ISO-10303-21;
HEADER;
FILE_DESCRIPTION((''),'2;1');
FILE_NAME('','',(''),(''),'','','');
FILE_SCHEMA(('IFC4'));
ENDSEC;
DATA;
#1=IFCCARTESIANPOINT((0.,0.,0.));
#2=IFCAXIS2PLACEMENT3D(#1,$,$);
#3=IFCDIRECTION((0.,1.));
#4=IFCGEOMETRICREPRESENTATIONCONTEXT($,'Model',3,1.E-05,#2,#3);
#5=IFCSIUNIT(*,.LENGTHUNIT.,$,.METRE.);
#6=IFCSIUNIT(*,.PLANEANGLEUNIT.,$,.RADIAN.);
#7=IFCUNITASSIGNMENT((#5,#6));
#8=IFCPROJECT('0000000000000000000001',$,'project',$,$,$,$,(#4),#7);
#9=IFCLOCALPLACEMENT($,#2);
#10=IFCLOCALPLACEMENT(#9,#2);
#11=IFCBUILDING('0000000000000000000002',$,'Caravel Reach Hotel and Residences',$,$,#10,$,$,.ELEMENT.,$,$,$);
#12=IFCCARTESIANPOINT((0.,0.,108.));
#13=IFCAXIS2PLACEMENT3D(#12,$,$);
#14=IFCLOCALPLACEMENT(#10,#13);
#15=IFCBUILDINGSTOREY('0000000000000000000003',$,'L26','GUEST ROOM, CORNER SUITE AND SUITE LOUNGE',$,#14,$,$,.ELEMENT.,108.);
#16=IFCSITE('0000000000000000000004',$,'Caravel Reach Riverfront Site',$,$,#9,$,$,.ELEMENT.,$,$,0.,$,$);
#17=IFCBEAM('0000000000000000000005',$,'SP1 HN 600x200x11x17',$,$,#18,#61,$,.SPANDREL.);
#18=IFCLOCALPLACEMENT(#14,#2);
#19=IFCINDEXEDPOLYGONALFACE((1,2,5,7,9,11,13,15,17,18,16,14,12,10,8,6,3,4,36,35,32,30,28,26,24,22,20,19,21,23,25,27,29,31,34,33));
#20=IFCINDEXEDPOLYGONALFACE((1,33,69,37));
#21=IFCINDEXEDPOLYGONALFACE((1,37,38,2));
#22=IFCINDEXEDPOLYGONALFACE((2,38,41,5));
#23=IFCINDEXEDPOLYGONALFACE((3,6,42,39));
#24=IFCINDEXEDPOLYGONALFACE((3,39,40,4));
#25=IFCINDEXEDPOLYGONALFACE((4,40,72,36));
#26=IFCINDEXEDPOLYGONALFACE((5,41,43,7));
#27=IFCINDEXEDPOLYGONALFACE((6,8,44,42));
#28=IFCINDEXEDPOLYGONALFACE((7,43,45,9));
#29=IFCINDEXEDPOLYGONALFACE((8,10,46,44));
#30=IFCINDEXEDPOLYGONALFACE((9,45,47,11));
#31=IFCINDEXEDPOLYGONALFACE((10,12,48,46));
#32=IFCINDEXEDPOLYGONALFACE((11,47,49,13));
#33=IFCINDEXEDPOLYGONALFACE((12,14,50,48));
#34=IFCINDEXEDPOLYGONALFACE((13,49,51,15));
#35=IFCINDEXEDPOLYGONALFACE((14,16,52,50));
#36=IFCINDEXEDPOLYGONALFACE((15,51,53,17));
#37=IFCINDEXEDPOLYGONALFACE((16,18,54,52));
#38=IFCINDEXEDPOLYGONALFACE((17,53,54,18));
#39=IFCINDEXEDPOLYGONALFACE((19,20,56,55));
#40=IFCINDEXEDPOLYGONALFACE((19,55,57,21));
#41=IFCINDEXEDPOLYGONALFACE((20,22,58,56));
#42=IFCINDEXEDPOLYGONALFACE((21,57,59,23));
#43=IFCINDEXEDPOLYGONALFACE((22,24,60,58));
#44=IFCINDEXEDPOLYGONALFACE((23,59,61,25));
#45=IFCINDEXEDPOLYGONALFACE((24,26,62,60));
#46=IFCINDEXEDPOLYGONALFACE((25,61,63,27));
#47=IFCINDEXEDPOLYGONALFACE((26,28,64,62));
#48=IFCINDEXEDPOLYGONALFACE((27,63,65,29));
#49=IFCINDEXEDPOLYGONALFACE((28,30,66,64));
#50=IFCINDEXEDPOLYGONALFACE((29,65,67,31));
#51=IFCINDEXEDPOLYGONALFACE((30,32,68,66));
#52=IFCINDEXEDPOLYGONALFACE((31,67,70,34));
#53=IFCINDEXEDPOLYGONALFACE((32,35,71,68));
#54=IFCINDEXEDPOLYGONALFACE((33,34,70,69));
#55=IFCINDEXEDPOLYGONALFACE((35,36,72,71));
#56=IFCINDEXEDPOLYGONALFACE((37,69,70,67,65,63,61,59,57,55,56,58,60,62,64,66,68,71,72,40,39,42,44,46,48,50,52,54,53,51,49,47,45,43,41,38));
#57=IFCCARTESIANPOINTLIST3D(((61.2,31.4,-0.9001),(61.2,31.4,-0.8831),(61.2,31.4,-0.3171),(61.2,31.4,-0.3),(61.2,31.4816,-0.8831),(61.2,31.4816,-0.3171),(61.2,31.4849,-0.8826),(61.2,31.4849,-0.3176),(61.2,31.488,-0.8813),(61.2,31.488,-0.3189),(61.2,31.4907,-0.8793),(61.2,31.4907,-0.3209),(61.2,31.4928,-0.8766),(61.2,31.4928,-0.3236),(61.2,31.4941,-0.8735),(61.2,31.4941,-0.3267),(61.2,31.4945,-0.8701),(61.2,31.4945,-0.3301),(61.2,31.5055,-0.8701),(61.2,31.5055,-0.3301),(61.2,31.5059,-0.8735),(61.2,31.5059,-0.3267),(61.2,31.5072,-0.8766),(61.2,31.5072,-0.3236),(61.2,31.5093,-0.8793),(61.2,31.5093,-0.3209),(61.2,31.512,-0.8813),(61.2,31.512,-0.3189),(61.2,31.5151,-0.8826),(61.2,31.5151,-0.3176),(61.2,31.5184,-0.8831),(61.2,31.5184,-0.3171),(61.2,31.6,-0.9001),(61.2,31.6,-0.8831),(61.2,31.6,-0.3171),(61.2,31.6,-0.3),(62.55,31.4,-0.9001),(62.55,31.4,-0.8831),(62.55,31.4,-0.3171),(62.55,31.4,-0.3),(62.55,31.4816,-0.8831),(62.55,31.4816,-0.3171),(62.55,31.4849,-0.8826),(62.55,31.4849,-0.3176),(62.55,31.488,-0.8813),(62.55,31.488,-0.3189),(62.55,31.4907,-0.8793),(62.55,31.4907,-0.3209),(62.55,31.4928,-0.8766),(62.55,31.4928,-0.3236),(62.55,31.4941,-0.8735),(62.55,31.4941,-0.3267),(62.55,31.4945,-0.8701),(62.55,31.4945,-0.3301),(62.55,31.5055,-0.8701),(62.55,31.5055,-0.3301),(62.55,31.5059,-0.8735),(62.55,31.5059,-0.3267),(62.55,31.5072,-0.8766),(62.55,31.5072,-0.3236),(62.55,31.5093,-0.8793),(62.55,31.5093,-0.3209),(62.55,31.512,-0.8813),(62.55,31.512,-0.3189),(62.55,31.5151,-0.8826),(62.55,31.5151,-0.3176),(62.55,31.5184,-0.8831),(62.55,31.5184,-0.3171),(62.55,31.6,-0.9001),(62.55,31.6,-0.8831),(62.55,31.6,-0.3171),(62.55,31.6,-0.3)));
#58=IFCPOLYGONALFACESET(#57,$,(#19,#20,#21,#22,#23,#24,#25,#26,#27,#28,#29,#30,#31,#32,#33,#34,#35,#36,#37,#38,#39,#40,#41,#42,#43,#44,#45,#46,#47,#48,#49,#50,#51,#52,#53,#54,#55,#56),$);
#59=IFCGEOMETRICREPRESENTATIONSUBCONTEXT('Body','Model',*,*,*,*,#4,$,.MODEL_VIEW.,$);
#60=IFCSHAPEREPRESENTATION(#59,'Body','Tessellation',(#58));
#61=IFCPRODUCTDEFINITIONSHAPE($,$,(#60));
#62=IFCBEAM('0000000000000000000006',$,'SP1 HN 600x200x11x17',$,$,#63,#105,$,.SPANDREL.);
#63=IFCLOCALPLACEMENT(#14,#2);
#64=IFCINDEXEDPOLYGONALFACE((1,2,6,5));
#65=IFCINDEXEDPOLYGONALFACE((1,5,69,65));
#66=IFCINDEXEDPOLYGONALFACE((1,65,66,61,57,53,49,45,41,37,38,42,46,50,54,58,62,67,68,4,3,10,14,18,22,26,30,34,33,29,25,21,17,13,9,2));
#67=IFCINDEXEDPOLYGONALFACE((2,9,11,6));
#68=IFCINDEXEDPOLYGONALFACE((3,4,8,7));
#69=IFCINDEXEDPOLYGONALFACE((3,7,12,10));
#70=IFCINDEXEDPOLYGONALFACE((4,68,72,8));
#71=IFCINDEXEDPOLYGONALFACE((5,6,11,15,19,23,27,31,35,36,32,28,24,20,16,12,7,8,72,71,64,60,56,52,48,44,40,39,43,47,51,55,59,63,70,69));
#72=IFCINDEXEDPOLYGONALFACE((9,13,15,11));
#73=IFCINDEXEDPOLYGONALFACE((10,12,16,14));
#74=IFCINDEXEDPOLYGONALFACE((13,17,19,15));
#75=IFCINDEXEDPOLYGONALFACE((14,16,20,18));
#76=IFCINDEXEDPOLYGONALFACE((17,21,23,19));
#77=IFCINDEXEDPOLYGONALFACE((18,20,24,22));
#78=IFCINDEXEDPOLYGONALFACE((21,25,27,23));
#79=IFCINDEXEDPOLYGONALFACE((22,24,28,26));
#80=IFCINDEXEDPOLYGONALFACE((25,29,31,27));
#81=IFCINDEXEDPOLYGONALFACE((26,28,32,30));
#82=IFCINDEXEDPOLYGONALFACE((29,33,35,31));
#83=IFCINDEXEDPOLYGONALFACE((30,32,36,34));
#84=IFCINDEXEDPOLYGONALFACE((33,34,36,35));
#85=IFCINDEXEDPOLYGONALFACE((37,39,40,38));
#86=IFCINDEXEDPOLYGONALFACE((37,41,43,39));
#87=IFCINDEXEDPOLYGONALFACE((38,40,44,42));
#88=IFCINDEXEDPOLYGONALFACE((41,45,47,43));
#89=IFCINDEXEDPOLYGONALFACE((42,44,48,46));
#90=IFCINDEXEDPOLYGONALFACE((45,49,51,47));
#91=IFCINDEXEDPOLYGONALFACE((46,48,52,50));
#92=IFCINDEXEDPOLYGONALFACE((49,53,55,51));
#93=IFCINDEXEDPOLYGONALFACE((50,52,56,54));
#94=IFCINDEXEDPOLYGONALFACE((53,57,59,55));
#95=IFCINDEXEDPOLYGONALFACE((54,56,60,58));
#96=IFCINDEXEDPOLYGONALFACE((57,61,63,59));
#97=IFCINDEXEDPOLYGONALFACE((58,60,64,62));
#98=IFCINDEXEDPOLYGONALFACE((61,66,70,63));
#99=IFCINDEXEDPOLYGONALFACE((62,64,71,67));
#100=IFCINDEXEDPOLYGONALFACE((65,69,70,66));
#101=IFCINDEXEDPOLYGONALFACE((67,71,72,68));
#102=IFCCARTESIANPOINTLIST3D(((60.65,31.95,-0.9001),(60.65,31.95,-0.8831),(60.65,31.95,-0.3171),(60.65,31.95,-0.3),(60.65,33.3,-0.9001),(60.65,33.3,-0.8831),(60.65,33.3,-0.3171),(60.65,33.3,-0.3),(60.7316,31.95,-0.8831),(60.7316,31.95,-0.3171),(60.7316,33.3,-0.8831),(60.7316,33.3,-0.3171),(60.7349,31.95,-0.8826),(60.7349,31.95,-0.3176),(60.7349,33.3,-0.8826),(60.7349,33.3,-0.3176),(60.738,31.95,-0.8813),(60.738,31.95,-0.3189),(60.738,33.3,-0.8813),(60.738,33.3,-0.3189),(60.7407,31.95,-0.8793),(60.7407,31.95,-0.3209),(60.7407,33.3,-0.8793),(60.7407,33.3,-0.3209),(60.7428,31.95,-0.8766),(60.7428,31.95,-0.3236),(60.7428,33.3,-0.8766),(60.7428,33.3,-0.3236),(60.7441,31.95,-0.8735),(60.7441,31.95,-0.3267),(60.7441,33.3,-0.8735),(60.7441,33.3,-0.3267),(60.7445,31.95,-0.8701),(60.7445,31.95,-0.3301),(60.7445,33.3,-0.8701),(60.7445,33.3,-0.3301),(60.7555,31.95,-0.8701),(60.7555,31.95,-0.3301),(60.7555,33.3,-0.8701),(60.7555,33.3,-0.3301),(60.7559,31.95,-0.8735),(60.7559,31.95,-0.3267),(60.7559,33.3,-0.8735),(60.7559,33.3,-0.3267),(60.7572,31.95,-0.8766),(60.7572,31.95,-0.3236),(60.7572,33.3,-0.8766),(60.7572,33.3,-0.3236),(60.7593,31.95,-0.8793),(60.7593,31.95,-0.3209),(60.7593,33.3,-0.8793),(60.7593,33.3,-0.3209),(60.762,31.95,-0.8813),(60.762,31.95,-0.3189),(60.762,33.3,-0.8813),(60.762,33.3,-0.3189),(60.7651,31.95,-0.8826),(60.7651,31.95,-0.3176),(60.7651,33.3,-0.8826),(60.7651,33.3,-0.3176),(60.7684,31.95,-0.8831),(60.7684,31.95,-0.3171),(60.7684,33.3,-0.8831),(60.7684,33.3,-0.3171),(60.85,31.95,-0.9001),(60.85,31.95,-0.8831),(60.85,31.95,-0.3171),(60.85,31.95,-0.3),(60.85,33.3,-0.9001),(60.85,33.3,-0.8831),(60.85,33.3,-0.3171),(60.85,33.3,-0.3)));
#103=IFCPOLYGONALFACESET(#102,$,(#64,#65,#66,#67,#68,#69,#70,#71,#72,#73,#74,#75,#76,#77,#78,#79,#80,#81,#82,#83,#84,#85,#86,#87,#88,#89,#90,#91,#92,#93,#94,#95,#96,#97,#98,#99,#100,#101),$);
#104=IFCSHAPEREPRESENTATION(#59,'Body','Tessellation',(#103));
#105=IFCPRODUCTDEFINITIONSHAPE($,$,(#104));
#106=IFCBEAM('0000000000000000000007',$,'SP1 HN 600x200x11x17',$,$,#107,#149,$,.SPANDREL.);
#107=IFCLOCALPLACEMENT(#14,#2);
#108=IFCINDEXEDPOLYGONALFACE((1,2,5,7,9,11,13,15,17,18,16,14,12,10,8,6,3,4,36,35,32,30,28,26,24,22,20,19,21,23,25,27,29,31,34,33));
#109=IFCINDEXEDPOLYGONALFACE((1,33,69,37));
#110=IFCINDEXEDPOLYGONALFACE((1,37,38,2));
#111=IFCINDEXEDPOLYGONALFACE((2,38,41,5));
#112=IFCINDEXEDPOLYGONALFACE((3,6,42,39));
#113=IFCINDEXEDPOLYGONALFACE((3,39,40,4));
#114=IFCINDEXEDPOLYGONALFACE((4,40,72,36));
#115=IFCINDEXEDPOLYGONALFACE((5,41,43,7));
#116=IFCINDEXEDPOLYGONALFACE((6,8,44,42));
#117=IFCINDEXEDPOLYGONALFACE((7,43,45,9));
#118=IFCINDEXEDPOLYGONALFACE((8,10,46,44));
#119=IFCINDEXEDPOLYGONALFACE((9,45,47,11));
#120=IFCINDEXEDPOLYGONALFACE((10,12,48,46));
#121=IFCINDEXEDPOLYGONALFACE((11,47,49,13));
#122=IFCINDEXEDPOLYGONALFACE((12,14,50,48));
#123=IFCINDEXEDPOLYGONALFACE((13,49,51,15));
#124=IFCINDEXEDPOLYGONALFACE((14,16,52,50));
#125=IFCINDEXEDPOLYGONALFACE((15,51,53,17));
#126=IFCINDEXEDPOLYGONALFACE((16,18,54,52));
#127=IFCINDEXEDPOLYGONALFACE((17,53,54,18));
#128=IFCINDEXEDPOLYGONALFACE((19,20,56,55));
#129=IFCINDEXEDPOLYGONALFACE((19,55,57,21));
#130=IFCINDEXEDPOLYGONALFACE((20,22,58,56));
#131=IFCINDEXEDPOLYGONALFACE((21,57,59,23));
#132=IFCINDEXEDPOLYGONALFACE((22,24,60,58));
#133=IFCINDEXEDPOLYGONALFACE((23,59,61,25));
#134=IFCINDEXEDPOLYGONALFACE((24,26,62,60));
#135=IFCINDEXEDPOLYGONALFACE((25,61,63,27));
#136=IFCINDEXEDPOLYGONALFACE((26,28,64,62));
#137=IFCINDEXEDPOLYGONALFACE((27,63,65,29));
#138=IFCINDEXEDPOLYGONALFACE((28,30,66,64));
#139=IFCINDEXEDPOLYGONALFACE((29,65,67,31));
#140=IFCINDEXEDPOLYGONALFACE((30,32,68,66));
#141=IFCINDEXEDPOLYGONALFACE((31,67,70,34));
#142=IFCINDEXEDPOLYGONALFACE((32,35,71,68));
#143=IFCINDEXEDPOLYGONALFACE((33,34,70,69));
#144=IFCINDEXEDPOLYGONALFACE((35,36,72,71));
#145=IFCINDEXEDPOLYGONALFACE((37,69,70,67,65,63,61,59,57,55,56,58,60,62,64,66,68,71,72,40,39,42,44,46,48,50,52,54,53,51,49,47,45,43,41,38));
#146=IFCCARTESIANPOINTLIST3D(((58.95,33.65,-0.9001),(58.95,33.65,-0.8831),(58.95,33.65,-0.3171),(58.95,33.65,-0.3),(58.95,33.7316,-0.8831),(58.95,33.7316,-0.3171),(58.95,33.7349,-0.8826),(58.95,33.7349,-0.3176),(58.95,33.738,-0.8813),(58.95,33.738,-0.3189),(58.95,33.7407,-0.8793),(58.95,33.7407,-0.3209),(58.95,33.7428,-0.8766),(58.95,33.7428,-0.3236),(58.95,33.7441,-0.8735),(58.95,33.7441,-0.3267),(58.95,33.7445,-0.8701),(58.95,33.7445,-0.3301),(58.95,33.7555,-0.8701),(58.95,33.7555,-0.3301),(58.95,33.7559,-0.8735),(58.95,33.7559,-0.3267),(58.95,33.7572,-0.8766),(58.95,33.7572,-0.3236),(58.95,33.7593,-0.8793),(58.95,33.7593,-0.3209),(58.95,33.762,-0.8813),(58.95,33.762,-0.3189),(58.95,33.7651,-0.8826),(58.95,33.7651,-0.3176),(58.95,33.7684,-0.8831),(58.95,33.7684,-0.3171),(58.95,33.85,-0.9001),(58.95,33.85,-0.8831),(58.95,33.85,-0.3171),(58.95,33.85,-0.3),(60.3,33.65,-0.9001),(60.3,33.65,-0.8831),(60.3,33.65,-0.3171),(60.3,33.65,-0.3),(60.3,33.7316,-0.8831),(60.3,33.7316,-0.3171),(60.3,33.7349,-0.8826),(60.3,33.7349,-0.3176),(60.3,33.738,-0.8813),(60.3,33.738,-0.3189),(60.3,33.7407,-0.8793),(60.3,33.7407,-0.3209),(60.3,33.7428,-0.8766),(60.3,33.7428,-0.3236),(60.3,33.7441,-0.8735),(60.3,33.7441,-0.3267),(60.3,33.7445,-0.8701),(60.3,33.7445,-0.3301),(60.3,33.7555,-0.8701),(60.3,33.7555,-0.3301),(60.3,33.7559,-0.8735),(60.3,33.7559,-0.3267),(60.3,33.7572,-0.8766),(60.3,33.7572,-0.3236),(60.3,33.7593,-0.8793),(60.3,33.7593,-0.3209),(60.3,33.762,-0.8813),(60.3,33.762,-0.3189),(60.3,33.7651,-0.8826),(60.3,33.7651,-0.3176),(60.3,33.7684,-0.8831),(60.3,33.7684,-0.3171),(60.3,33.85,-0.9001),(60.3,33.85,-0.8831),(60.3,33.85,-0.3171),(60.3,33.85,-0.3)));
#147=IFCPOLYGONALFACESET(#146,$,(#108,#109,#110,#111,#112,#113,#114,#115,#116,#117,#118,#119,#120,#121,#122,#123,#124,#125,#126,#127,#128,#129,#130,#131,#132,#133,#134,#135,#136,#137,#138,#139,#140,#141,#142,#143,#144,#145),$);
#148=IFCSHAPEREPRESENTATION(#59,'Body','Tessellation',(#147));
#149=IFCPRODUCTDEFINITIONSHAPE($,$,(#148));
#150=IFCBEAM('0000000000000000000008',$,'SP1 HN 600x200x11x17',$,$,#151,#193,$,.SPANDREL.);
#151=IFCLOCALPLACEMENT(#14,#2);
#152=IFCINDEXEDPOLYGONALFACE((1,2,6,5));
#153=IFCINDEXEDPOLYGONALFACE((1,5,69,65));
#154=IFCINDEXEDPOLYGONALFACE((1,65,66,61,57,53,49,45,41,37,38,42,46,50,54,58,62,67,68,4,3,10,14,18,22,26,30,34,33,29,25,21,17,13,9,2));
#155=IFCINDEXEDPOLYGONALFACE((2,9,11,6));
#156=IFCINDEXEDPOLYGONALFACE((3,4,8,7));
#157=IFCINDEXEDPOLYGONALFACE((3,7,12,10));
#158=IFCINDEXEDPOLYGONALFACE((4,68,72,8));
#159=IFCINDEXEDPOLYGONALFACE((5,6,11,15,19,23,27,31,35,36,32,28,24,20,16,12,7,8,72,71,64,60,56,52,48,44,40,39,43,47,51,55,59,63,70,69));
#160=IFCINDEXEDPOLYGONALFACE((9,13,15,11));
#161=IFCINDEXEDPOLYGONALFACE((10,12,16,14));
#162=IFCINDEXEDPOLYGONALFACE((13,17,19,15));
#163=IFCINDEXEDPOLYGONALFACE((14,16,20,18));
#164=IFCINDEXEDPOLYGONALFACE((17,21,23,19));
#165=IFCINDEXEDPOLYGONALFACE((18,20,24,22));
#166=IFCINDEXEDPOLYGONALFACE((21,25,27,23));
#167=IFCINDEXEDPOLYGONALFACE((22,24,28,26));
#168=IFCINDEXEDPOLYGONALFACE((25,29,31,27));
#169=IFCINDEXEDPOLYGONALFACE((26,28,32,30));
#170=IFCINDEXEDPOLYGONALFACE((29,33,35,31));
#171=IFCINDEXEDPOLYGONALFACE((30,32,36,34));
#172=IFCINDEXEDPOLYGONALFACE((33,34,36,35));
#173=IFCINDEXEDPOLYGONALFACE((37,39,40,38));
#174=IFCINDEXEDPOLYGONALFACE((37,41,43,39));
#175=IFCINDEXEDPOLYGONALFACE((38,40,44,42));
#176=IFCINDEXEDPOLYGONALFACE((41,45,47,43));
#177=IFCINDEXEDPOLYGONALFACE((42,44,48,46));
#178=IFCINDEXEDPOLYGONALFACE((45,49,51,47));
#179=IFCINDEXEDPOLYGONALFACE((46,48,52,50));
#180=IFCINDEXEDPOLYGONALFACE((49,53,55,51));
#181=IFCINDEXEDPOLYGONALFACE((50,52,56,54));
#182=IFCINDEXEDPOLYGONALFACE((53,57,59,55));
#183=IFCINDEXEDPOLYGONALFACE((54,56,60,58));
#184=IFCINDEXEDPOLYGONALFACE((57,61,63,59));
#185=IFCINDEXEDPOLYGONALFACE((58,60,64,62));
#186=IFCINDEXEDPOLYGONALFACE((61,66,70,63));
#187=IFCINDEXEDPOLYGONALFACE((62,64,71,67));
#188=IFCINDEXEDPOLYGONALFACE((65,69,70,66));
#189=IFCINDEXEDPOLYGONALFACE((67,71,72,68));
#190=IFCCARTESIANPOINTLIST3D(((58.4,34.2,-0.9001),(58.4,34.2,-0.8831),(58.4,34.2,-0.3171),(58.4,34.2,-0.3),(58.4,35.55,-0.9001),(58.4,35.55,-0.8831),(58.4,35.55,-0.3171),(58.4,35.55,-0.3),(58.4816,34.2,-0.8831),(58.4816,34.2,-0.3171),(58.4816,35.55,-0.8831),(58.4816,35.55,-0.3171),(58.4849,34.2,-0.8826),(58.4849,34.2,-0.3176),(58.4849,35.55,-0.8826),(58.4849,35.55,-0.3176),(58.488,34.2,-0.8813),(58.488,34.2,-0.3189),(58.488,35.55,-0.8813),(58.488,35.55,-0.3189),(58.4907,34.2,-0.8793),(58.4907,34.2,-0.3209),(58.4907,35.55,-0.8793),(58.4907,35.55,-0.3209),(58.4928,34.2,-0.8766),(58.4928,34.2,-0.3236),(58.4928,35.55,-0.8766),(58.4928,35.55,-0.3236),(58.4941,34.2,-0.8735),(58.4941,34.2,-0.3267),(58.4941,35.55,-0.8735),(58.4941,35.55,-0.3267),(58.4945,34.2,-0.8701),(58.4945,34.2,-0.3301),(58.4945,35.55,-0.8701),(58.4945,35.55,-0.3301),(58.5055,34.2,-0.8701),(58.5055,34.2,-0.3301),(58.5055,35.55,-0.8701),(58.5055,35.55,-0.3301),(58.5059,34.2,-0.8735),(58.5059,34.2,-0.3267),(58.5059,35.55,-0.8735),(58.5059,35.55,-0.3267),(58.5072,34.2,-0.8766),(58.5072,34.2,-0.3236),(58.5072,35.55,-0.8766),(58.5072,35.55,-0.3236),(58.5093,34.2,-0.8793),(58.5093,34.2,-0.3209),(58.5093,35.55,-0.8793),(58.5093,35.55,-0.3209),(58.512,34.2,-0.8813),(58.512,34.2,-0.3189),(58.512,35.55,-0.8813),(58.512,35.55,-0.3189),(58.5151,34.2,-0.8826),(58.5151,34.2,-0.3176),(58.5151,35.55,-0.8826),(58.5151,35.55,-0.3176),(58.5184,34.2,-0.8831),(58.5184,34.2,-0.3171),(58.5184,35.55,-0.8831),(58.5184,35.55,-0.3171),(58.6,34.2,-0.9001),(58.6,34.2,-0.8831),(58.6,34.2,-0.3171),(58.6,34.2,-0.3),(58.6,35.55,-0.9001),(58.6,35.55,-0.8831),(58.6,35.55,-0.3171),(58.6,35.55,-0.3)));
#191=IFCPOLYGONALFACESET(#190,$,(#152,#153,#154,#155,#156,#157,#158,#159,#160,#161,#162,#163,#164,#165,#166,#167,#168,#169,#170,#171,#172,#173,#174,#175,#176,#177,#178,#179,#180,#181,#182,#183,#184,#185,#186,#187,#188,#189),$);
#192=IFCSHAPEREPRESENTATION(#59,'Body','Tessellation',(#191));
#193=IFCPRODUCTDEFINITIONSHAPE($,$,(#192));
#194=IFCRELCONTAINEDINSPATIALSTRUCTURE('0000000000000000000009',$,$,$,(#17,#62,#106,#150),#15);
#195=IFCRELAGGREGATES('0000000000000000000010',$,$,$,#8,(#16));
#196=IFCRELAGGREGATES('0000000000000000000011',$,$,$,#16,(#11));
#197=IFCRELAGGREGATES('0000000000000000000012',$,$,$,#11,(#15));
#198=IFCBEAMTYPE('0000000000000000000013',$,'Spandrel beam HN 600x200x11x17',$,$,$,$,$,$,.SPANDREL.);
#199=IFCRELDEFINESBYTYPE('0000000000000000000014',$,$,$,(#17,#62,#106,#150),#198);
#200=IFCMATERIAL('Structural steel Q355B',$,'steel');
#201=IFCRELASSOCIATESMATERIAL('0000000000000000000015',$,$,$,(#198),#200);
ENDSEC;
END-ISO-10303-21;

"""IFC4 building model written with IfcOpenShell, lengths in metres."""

from ifc_helpers import new_model, si_unit, direction, frame, origin, origin_2d, place, context, subcontext, project, spatial, i_section, extrude, material, material_profile, profile_set, type_object, element, save


model = new_model("IFC4")

# Units and contexts
model_context = context("Model", 3, precision=1e-05, world=origin(), true_north=direction((0.0, 1.0)))
body_context = subcontext(model_context, "Body", "Model", "MODEL_VIEW")
ifc_project = project(units=[si_unit("LENGTHUNIT", "METRE"), si_unit("PLANEANGLEUNIT", "RADIAN")], contexts=[model_context])

# Site, building, storey
site_placement = place(None, origin())
site = spatial("IfcSite", under=ifc_project, at=site_placement, Name="Caravel Reach Riverfront Site", CompositionType="ELEMENT", RefElevation=0.0)
building_placement = place(site_placement, origin())
building = spatial("IfcBuilding", under=site, at=building_placement, Name="Caravel Reach Hotel and Residences", CompositionType="ELEMENT")
storey_placement = place(building_placement, frame((0.0, 0.0, 108.0)))
storey = spatial("IfcBuildingStorey", under=building, at=storey_placement, Name="L26", Description="GUEST ROOM, CORNER SUITE AND SUITE LOUNGE", CompositionType="ELEMENT", Elevation=108.0)

# Beams
ifc_material_1 = material(Name="Structural steel Q355B", Category="steel")
ifc_material_profile_1 = material_profile(ifc_material_1, i_section(OverallWidth=0.2, OverallDepth=0.6001, WebThickness=0.011, FlangeThickness=0.0171, FilletRadius=0.0129, at=origin_2d()), Name="HN 600x200x11x17")
ifc_profile_set_1 = profile_set([ifc_material_profile_1], Name="Structural steel Q355B")
beam_type_1 = type_object("IfcBeamType", Name="Spandrel beam HN 600x200x11x17", PredefinedType="SPANDREL", material=ifc_profile_set_1)
for number, where, z_axis, x_axis, name in (
    (1, (62.55, 31.5, -0.6001), (-1.0, 0.0, 0.0), (0.0, -1.0, 0.0), "SP1 HN 600x200x11x17"),
    (2, (60.75, 31.95, -0.6001), (0.0, 1.0, 0.0), (-1.0, 0.0, 0.0), "SP1 HN 600x200x11x17"),
    (3, (60.3, 33.75, -0.6001), (-1.0, 0.0, 0.0), (0.0, -1.0, 0.0), "SP1 HN 600x200x11x17"),
    (4, (58.5, 34.2, -0.6001), (0.0, 1.0, 0.0), (-1.0, 0.0, 0.0), "SP1 HN 600x200x11x17"),
):
    element("IfcBeam", number, at=place(storey_placement, frame(where, z_axis=z_axis, x_axis=x_axis)), inside=storey, type_object=beam_type_1, Name=name, PredefinedType="SPANDREL", context=body_context, shape_type="SweptSolid", body=[
        extrude(i_section(OverallWidth=0.2, OverallDepth=0.6001, WebThickness=0.011, FlangeThickness=0.0171, FilletRadius=0.0129, at=origin_2d()), origin(), (0.0, 0.0, 1.0), 1.3501),
    ])

save(model, "model.ifc")
